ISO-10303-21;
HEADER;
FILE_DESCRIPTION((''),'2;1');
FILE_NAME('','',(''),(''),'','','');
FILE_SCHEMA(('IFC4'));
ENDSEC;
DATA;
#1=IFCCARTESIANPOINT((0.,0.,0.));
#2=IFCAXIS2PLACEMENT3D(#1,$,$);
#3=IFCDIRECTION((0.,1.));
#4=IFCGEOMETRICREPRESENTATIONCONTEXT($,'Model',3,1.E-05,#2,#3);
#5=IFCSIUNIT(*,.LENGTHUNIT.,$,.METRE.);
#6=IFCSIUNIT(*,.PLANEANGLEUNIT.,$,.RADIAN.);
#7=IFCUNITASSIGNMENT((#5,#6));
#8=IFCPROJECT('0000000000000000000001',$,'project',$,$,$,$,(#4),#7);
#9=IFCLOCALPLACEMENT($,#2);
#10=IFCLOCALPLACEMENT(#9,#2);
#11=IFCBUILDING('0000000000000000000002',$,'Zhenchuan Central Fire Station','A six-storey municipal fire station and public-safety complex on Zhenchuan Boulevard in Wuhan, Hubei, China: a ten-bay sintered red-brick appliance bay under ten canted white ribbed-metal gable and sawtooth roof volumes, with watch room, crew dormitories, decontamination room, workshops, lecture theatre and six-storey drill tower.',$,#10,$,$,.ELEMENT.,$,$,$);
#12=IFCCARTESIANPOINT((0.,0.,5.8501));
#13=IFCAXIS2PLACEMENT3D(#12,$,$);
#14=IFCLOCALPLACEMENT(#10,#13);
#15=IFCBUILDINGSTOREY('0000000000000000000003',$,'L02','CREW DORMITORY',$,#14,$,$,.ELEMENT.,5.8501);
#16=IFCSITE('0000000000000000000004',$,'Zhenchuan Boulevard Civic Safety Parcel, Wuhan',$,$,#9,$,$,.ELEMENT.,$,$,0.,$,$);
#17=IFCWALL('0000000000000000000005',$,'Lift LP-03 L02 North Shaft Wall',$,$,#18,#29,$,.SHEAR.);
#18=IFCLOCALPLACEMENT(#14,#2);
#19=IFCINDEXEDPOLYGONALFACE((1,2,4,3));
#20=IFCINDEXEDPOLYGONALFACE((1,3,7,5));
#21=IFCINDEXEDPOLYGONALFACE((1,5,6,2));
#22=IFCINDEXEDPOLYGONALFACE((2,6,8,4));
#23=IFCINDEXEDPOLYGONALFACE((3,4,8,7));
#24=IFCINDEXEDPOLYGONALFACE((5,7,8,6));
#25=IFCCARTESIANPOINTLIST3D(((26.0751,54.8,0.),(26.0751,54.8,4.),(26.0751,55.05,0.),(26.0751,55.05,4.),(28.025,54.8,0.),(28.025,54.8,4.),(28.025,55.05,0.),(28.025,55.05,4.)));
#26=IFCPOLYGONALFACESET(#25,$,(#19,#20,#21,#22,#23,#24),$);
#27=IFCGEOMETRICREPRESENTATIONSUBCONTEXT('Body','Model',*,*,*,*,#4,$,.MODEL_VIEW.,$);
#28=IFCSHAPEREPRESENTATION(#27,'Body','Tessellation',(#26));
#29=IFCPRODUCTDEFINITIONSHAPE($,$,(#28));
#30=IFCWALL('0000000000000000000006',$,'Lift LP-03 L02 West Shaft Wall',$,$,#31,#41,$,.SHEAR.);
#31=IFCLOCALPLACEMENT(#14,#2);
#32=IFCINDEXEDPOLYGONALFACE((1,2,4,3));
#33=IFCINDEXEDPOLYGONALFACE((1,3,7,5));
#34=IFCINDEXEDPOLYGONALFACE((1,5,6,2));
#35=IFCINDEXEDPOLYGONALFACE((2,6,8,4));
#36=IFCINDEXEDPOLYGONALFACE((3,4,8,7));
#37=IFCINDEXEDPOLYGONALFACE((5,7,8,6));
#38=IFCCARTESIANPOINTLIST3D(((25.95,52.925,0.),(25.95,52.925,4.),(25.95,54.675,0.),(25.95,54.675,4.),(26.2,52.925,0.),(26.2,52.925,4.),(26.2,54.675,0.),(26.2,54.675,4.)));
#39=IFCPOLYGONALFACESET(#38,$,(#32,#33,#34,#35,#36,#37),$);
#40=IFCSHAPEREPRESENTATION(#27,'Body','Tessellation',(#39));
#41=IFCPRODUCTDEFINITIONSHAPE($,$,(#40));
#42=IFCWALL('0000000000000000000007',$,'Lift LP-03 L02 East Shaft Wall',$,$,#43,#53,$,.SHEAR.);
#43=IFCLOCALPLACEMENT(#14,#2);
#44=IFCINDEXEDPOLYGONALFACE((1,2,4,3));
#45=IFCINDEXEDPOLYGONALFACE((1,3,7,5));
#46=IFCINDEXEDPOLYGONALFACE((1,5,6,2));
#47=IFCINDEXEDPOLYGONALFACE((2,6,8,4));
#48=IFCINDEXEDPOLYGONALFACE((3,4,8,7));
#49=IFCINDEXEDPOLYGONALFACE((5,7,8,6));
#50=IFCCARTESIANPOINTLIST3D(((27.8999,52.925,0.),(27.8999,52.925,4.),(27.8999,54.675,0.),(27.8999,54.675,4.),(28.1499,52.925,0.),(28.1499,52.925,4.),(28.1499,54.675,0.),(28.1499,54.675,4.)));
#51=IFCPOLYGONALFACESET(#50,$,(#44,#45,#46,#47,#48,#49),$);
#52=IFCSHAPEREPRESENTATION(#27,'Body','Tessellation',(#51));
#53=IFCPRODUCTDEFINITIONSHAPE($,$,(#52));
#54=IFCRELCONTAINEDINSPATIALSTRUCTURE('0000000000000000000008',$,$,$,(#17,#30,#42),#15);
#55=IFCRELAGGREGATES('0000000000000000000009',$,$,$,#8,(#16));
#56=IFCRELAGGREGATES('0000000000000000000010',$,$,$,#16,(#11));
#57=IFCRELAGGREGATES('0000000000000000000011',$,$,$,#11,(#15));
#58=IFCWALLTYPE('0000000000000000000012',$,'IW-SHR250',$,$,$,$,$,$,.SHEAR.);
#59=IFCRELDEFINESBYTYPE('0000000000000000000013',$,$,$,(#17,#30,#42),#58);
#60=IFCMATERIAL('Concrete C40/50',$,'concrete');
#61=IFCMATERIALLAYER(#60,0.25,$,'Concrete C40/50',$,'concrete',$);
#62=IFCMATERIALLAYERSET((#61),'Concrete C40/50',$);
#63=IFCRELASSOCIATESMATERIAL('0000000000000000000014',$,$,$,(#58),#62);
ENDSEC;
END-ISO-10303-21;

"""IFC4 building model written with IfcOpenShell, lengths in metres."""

from ifc_helpers import new_model, si_unit, direction, frame, frame_2d, origin, place, context, subcontext, project, spatial, rectangle, extrude, material, layer, layer_set, type_object, element, save


model = new_model("IFC4")

# Units and contexts
model_context = context("Model", 3, precision=1e-05, world=origin(), true_north=direction((0.0, 1.0)))
body_context = subcontext(model_context, "Body", "Model", "MODEL_VIEW")
ifc_project = project(units=[si_unit("LENGTHUNIT", "METRE"), si_unit("PLANEANGLEUNIT", "RADIAN")], contexts=[model_context])

# Site, building, storey
site_placement = place(None, origin())
site = spatial("IfcSite", under=ifc_project, at=site_placement, Name="Zhenchuan Boulevard Civic Safety Parcel, Wuhan", CompositionType="ELEMENT", RefElevation=0.0)
building_placement = place(site_placement, origin())
building = spatial("IfcBuilding", under=site, at=building_placement, Name="Zhenchuan Central Fire Station", Description="A six-storey municipal fire station and public-safety complex on Zhenchuan Boulevard in Wuhan, Hubei, China: a ten-bay sintered red-brick appliance bay under ten canted white ribbed-metal gable and sawtooth roof volumes, with watch room, crew dormitories, decontamination room, workshops, lecture theatre and six-storey drill tower.", CompositionType="ELEMENT")
storey_placement = place(building_placement, frame((0.0, 0.0, 5.8501)))
storey = spatial("IfcBuildingStorey", under=building, at=storey_placement, Name="L02", Description="CREW DORMITORY", CompositionType="ELEMENT", Elevation=5.8501)

# Shared definitions
ifc_material_1 = material(Name="Concrete C40/50", Category="concrete")
ifc_layer_1 = layer(ifc_material_1, 0.25, Name="Concrete C40/50", Category="concrete")
ifc_layer_set_1 = layer_set([ifc_layer_1], Name="Concrete C40/50")
wall_type_1 = type_object("IfcWallType", Name="IW-SHR250", PredefinedType="SHEAR", material=ifc_layer_set_1)

# Walls
wall_1_placement = place(storey_placement, frame((26.075, 54.925, 0.0), z_axis=(0.0, 0.0, 1.0), x_axis=(1.0, 0.0, 0.0)))
element("IfcWall", 1, at=wall_1_placement, inside=storey, type_object=wall_type_1, Name="Lift LP-03 L02 North Shaft Wall", PredefinedType="SHEAR", context=body_context, shape_type="SweptSolid", body=[
    extrude(rectangle(XDim=1.95, YDim=0.25, at=frame_2d((0.9751, 0.0))), origin(), (0.0, 0.0, 1.0), 4.0),
])
for number, where, z_axis, x_axis, name in (
    (2, (26.075, 52.925, 0.0), (0.0, 0.0, 1.0), (0.0, 1.0, 0.0), "Lift LP-03 L02 West Shaft Wall"),
    (3, (28.0249, 52.925, 0.0), (0.0, 0.0, 1.0), (0.0, 1.0, 0.0), "Lift LP-03 L02 East Shaft Wall"),
):
    element("IfcWall", number, at=place(storey_placement, frame(where, z_axis=z_axis, x_axis=x_axis)), inside=storey, type_object=wall_type_1, Name=name, PredefinedType="SHEAR", context=body_context, shape_type="SweptSolid", body=[
        extrude(rectangle(XDim=1.75, YDim=0.25, at=frame_2d((0.875, 0.0))), origin(), (0.0, 0.0, 1.0), 4.0),
    ])

save(model, "model.ifc")
